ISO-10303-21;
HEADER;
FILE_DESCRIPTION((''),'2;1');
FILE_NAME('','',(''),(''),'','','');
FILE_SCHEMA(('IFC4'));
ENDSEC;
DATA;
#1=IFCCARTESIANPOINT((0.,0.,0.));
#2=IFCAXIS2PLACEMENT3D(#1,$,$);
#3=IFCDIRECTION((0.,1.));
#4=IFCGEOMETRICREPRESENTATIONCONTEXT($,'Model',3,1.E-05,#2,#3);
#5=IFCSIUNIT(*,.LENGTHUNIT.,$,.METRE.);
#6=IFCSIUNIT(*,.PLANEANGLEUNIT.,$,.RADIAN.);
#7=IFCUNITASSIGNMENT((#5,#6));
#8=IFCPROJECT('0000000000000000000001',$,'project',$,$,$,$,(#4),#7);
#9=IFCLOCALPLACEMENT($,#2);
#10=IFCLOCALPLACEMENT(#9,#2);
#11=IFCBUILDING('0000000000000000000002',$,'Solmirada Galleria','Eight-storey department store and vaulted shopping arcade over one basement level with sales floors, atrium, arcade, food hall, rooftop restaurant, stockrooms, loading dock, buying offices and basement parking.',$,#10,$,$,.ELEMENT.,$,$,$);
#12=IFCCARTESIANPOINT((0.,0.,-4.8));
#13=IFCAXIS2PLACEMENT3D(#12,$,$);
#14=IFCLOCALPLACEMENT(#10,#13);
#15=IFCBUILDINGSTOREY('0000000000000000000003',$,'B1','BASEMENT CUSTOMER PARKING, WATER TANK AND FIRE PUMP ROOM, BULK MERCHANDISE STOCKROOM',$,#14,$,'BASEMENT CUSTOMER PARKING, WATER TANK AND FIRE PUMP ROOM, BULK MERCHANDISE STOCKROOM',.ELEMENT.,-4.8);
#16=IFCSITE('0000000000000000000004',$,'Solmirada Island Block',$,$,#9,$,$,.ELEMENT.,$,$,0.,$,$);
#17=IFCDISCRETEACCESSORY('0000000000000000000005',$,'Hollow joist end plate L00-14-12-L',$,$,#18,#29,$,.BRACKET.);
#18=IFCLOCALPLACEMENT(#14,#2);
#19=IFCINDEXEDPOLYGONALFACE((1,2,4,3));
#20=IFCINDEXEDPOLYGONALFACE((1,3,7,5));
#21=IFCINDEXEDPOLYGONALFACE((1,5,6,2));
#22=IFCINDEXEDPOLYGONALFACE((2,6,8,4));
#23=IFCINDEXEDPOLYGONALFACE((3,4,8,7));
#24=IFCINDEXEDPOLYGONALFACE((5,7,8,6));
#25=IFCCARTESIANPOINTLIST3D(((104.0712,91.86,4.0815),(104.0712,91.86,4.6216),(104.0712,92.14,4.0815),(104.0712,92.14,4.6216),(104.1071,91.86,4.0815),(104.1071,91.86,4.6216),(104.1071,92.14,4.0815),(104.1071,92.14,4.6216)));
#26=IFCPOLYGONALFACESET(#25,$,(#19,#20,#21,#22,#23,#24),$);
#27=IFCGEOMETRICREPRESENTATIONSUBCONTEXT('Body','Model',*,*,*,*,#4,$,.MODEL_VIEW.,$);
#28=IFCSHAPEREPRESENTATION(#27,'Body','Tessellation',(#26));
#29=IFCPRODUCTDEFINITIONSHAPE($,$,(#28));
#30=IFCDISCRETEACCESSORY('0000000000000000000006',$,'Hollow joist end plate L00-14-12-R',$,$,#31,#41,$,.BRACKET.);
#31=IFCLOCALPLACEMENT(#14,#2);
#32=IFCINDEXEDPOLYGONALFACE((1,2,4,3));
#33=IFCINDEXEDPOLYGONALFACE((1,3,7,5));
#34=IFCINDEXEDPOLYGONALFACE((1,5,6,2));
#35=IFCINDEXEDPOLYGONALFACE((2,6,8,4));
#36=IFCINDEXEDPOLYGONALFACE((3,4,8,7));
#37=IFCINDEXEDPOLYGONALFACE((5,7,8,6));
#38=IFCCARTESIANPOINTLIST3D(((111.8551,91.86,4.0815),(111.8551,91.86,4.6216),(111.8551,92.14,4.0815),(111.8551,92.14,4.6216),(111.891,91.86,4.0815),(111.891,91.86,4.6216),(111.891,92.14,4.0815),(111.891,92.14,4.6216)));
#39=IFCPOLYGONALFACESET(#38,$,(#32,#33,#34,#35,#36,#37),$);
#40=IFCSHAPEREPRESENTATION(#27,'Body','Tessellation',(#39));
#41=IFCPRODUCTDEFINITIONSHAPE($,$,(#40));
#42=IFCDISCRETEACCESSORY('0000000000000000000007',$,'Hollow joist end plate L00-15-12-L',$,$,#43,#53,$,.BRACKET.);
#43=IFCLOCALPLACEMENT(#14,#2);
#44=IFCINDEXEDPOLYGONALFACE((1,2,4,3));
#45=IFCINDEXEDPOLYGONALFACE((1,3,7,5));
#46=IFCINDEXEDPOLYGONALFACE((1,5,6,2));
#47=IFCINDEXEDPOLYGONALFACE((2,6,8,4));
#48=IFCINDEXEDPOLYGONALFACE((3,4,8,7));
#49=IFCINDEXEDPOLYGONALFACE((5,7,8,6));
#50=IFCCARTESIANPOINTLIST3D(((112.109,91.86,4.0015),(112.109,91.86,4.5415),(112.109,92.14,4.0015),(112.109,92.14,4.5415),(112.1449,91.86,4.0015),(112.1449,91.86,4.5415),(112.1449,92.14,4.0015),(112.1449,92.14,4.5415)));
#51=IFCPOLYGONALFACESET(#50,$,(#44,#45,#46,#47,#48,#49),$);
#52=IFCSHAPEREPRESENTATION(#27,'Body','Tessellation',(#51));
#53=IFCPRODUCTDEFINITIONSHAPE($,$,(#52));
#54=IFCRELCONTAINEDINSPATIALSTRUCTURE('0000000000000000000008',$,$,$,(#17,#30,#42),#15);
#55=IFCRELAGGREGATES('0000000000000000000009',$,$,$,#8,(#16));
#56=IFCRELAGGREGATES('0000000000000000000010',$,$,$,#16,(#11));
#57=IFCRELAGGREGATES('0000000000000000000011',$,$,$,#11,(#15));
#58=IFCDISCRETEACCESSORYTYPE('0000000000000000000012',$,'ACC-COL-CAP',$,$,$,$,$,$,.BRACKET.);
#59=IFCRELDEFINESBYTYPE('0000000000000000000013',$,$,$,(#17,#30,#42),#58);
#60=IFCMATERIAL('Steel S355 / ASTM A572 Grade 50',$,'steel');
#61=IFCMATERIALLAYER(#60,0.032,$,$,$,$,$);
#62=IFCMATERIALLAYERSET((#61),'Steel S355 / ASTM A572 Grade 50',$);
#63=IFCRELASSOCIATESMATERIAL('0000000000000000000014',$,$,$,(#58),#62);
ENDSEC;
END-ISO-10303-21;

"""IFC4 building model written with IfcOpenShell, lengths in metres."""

from ifc_helpers import new_model, si_unit, direction, frame, origin, origin_2d, place, context, subcontext, project, spatial, rectangle, extrude, material, layer, layer_set, type_object, element, save


model = new_model("IFC4")

# Units and contexts
model_context = context("Model", 3, precision=1e-05, world=origin(), true_north=direction((0.0, 1.0)))
body_context = subcontext(model_context, "Body", "Model", "MODEL_VIEW")
ifc_project = project(units=[si_unit("LENGTHUNIT", "METRE"), si_unit("PLANEANGLEUNIT", "RADIAN")], contexts=[model_context])

# Site, building, storey
site_placement = place(None, origin())
site = spatial("IfcSite", under=ifc_project, at=site_placement, Name="Solmirada Island Block", CompositionType="ELEMENT", RefElevation=0.0)
building_placement = place(site_placement, origin())
building = spatial("IfcBuilding", under=site, at=building_placement, Name="Solmirada Galleria", Description="Eight-storey department store and vaulted shopping arcade over one basement level with sales floors, atrium, arcade, food hall, rooftop restaurant, stockrooms, loading dock, buying offices and basement parking.", CompositionType="ELEMENT")
storey_placement = place(building_placement, frame((0.0, 0.0, -4.8)))
storey = spatial("IfcBuildingStorey", under=building, at=storey_placement, Name="B1", Description="BASEMENT CUSTOMER PARKING, WATER TANK AND FIRE PUMP ROOM, BULK MERCHANDISE STOCKROOM", LongName="BASEMENT CUSTOMER PARKING, WATER TANK AND FIRE PUMP ROOM, BULK MERCHANDISE STOCKROOM", CompositionType="ELEMENT", Elevation=-4.8)

# Discrete accessories
ifc_material_1 = material(Name="Steel S355 / ASTM A572 Grade 50", Category="steel")
ifc_layer = layer(ifc_material_1, 0.032)
ifc_layer_set = layer_set([ifc_layer], Name="Steel S355 / ASTM A572 Grade 50")
discrete_accessory_type = type_object("IfcDiscreteAccessoryType", Name="ACC-COL-CAP", PredefinedType="BRACKET", material=ifc_layer_set)
for number, where, z_axis, x_axis, name in (
    (1, (104.0891, 92.0, 4.0815), (0.0, 0.0, 1.0), (1.0, 0.0, 0.0), "Hollow joist end plate L00-14-12-L"),
    (2, (111.873, 92.0, 4.0815), (0.0, 0.0, 1.0), (1.0, 0.0, 0.0), "Hollow joist end plate L00-14-12-R"),
    (3, (112.127, 92.0, 4.0015), (0.0, 0.0, 1.0), (1.0, 0.0, 0.0), "Hollow joist end plate L00-15-12-L"),
):
    element("IfcDiscreteAccessory", number, at=place(storey_placement, frame(where, z_axis=z_axis, x_axis=x_axis)), inside=storey, type_object=discrete_accessory_type, Name=name, PredefinedType="BRACKET", context=body_context, shape_type="SweptSolid", body=[
        extrude(rectangle(XDim=0.0359, YDim=0.28, at=origin_2d()), origin(), (0.0, 0.0, 1.0), 0.54),
    ])

save(model, "model.ifc")
